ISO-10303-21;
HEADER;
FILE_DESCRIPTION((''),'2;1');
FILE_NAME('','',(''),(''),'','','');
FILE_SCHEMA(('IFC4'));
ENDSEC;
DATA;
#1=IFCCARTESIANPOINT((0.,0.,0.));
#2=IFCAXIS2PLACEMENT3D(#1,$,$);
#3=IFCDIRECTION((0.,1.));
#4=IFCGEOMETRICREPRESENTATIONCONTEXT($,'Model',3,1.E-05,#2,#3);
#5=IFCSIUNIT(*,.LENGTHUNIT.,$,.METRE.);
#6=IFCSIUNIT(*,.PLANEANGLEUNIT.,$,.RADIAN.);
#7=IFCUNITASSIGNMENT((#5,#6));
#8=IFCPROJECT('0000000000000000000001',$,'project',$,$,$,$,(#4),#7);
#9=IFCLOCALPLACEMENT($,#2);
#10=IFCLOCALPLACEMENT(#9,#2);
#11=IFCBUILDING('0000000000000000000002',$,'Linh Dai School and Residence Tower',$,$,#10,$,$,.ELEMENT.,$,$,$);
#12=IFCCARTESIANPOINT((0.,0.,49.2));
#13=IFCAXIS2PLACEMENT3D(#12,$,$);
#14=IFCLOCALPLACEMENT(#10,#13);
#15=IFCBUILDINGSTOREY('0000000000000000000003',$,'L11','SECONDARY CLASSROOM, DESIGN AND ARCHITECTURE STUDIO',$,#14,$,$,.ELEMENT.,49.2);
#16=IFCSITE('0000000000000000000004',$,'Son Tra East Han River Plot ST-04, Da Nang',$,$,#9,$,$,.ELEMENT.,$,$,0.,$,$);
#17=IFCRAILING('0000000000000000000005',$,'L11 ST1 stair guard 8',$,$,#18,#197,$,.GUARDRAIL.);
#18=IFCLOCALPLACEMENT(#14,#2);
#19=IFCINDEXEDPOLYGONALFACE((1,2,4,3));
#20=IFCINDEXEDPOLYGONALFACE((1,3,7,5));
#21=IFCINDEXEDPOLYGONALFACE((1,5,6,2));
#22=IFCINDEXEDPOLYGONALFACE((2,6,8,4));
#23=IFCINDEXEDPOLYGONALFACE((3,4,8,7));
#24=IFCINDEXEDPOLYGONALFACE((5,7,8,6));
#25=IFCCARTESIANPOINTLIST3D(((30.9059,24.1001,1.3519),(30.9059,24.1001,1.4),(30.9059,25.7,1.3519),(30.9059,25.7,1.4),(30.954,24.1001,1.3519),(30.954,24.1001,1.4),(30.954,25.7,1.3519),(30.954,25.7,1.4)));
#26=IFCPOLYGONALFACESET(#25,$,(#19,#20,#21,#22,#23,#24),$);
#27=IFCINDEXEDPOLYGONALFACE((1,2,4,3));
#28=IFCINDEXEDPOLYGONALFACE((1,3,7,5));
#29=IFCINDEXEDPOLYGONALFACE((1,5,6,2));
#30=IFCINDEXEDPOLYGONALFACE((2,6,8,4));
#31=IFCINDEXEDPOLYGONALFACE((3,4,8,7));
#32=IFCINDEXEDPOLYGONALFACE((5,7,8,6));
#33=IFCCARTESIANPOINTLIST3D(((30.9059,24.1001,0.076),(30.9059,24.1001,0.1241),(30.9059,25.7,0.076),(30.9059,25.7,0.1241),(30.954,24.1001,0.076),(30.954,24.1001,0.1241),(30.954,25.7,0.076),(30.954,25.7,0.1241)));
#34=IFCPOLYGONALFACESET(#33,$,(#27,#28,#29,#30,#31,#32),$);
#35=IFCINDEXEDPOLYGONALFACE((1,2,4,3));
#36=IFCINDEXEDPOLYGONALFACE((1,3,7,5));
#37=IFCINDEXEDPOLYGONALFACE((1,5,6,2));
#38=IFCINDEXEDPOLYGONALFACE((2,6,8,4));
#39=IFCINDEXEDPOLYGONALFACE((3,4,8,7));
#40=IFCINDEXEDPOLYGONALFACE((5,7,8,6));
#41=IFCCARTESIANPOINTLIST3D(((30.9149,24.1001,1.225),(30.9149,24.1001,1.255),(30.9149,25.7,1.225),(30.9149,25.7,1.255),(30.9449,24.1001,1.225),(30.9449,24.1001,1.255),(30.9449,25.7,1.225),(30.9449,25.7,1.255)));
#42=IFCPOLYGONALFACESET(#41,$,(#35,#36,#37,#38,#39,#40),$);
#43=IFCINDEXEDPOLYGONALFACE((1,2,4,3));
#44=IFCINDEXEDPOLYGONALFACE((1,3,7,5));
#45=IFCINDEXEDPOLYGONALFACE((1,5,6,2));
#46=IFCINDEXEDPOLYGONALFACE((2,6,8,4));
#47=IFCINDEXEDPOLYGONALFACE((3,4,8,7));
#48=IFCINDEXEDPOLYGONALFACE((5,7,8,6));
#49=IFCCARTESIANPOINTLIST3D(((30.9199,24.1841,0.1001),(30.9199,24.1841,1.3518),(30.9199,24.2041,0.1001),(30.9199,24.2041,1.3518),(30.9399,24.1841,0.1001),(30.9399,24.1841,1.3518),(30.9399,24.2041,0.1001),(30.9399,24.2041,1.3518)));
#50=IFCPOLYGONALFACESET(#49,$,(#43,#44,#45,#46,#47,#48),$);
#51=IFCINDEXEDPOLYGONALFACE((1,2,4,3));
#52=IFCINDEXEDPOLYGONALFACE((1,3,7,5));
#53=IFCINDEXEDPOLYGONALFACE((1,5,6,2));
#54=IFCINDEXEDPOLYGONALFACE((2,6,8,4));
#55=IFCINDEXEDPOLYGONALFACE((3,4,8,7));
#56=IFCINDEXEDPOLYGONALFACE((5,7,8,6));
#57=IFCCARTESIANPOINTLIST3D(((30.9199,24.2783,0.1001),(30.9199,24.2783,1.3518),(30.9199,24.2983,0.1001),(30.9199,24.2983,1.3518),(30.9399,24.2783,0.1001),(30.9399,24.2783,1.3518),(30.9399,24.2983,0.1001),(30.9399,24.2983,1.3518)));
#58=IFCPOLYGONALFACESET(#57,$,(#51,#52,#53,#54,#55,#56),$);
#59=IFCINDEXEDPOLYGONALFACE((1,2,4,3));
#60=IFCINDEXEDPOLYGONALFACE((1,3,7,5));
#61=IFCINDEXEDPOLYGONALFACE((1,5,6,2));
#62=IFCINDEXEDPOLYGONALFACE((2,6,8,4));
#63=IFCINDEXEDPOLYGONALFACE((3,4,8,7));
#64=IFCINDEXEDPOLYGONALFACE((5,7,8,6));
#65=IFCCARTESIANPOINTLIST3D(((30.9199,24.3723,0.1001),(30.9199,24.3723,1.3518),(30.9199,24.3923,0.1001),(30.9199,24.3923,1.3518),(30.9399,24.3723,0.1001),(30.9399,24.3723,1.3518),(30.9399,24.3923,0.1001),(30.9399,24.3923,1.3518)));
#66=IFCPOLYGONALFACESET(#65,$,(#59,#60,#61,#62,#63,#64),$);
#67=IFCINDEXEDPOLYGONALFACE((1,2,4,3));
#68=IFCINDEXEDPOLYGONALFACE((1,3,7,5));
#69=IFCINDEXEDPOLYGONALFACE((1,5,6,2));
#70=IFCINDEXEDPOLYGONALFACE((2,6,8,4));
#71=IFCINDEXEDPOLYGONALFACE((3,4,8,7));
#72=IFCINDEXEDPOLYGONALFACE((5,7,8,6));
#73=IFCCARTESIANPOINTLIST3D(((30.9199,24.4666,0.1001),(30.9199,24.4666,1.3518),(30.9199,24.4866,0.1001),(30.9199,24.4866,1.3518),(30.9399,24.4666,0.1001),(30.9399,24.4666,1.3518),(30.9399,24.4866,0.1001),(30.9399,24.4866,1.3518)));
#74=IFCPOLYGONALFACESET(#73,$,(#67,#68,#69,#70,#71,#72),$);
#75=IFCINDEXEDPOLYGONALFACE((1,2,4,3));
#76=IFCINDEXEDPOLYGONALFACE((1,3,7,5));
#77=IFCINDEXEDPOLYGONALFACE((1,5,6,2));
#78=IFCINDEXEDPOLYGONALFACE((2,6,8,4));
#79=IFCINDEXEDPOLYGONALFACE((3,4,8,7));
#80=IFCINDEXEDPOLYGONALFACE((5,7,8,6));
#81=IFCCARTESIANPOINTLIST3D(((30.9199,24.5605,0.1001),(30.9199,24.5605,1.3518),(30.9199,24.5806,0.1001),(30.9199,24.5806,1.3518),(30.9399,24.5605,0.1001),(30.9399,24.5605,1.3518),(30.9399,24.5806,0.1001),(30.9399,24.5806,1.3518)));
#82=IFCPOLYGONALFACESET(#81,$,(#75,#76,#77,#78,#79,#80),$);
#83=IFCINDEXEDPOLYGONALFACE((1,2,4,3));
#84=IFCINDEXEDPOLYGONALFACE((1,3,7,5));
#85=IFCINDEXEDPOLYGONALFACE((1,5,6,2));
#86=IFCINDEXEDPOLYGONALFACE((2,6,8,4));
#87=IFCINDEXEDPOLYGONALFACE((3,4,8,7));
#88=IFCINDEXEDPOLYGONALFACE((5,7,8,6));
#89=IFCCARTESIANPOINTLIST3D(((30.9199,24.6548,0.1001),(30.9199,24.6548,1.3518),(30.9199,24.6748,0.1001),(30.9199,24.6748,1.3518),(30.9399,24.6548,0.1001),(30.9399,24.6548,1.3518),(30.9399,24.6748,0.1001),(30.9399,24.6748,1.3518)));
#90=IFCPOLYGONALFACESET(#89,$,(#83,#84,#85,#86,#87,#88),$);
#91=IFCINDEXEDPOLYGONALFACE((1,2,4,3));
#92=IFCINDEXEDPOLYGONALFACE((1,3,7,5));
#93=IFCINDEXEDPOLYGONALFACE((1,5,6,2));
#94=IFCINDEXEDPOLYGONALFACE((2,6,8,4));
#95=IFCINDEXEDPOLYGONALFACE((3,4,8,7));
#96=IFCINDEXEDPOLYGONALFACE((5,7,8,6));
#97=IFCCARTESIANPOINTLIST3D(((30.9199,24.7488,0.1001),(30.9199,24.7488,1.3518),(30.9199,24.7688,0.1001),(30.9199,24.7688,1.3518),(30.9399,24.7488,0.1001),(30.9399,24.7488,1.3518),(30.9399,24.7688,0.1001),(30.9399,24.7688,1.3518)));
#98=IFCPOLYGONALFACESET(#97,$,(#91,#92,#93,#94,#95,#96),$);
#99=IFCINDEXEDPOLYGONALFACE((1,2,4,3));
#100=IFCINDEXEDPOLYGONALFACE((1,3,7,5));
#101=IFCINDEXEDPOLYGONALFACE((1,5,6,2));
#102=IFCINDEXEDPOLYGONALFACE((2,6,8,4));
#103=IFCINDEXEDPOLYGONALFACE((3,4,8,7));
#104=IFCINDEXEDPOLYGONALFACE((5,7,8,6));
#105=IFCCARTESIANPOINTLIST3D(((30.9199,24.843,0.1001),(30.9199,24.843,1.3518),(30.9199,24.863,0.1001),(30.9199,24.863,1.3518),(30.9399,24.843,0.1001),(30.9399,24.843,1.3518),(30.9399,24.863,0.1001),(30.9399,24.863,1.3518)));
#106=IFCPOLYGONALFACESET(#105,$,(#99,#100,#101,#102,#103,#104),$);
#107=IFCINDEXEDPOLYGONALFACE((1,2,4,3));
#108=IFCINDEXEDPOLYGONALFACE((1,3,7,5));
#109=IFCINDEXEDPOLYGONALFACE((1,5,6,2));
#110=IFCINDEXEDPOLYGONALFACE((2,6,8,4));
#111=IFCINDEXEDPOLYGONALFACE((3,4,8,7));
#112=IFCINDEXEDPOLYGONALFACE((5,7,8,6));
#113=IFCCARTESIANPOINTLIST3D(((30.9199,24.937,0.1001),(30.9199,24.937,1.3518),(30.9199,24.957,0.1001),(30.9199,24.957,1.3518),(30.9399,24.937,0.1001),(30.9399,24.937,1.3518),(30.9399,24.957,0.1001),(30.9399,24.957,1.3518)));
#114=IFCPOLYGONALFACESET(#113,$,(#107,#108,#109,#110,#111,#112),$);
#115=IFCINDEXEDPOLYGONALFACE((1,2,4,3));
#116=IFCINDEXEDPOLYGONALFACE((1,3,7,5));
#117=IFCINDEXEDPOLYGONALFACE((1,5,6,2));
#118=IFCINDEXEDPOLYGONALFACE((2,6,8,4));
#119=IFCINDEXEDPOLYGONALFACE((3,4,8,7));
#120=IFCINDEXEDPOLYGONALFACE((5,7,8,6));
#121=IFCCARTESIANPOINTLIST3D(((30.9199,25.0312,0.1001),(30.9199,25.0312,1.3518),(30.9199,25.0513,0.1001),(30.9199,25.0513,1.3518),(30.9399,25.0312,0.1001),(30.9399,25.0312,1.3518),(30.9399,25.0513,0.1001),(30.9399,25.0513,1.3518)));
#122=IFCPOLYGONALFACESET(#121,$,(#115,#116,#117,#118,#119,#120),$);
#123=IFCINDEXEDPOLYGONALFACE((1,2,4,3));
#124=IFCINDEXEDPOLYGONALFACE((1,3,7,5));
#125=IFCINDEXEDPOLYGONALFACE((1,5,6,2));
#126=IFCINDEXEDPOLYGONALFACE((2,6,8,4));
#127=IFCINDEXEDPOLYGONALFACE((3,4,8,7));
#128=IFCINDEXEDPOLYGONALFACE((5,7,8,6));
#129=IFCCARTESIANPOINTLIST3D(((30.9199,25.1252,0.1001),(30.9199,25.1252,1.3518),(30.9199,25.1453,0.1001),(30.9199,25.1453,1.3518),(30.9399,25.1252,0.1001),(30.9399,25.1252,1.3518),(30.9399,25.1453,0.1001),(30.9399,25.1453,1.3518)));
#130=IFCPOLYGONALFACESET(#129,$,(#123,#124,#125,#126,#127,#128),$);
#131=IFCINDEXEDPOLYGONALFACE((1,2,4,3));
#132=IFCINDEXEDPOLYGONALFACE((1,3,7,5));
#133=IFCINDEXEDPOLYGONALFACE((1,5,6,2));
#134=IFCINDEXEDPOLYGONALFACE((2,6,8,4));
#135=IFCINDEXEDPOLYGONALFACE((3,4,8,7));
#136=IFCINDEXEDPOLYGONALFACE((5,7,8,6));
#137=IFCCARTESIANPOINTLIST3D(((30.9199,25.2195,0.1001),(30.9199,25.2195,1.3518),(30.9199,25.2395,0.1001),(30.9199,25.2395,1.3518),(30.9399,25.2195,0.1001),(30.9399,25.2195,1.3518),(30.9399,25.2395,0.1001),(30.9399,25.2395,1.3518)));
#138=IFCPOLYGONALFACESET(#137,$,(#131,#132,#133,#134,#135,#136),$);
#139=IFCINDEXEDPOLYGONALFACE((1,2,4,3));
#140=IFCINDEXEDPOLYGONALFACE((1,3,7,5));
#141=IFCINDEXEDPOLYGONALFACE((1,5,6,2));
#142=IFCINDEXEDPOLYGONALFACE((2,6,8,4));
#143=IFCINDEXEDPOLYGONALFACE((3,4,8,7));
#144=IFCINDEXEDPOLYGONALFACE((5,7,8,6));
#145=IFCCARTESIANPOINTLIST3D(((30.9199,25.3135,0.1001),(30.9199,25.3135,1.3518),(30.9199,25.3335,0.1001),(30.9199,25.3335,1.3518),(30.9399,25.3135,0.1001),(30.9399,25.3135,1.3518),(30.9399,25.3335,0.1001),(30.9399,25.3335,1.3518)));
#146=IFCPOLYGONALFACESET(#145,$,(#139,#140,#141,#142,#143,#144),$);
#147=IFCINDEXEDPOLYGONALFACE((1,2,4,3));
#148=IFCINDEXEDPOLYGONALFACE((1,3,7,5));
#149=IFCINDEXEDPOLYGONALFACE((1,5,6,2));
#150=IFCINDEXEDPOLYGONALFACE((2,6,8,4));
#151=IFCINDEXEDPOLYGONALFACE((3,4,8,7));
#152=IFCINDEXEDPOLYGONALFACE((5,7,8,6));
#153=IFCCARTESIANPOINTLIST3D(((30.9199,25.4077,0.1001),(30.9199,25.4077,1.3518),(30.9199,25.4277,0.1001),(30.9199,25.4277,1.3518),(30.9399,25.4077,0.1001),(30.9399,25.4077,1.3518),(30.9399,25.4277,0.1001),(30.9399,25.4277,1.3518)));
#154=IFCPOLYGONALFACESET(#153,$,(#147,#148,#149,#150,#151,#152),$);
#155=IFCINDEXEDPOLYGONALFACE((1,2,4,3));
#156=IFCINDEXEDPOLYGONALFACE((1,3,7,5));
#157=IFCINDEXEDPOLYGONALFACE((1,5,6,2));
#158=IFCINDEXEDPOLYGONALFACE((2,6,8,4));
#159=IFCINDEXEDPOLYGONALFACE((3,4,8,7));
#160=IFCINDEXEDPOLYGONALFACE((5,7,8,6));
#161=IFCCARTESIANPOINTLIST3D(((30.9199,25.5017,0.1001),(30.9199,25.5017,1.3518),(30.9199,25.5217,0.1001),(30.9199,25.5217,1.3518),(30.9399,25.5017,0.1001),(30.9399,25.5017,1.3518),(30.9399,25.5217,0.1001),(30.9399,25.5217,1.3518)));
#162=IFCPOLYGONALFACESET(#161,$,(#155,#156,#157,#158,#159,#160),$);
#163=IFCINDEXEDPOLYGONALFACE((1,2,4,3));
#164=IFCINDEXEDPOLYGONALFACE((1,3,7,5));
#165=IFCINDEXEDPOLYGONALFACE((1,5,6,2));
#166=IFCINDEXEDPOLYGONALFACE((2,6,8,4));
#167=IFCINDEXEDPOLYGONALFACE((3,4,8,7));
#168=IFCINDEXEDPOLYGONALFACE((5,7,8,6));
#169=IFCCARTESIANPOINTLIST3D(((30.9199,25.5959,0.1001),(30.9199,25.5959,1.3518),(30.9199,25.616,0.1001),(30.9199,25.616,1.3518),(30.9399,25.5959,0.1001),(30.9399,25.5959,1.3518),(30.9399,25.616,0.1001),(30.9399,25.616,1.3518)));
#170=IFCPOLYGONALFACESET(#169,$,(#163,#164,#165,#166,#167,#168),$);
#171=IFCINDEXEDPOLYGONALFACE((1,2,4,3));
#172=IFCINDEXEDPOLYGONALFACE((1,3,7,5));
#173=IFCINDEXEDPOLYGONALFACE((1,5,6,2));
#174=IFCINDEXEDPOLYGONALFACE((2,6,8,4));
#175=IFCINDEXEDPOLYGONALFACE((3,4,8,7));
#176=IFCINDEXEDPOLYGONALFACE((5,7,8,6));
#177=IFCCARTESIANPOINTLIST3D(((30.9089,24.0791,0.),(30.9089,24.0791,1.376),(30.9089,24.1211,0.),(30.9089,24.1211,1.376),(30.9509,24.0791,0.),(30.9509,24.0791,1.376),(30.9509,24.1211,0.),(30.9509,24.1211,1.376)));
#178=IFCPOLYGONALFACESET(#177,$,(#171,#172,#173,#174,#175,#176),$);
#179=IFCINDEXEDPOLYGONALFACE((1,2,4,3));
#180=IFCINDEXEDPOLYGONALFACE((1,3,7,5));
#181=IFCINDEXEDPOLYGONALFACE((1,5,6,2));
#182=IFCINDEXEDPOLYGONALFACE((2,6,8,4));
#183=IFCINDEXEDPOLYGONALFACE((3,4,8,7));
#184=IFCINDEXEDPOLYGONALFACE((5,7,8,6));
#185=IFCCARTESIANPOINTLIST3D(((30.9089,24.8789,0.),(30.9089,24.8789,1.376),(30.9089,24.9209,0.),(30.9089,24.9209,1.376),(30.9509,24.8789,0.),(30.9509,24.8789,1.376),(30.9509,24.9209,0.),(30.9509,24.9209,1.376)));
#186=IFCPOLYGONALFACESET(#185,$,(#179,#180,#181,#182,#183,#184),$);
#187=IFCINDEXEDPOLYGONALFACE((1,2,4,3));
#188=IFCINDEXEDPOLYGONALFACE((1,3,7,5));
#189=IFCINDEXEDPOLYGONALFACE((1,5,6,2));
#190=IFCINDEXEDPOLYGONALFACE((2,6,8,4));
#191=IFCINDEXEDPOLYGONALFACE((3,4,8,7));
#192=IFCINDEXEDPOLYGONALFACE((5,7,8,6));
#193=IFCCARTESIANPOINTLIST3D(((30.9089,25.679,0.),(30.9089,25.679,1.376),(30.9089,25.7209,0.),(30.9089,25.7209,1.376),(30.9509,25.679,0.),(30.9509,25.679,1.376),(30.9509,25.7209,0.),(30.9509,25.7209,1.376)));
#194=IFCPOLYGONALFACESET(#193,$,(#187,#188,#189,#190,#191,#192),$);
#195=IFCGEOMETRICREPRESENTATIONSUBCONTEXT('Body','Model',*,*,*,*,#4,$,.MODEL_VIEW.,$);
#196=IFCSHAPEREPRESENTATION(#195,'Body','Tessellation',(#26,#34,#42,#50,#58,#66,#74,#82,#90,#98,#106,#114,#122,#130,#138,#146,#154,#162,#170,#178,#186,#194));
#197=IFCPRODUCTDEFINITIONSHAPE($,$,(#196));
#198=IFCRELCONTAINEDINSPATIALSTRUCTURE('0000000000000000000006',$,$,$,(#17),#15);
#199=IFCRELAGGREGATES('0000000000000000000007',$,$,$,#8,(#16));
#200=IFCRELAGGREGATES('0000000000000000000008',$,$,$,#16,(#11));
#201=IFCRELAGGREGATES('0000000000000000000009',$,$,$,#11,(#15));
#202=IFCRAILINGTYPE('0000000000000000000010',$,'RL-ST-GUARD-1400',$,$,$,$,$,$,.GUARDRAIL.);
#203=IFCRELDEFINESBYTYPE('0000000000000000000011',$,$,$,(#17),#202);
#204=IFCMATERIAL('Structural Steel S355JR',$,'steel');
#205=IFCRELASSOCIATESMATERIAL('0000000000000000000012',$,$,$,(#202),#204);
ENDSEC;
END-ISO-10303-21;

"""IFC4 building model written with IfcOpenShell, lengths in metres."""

from ifc_helpers import new_model, si_unit, direction, frame, origin, origin_2d, place, context, subcontext, project, spatial, rectangle, extrude, source, transform, mapped, material, type_object, element, save


model = new_model("IFC4")

# Units and contexts
model_context = context("Model", 3, precision=1e-05, world=origin(), true_north=direction((0.0, 1.0)))
body_context = subcontext(model_context, "Body", "Model", "MODEL_VIEW")
ifc_project = project(units=[si_unit("LENGTHUNIT", "METRE"), si_unit("PLANEANGLEUNIT", "RADIAN")], contexts=[model_context])

# Site, building, storey
site_placement = place(None, origin())
site = spatial("IfcSite", under=ifc_project, at=site_placement, Name="Son Tra East Han River Plot ST-04, Da Nang", CompositionType="ELEMENT", RefElevation=0.0)
building_placement = place(site_placement, origin())
building = spatial("IfcBuilding", under=site, at=building_placement, Name="Linh Dai School and Residence Tower", CompositionType="ELEMENT")
storey_placement = place(building_placement, frame((0.0, 0.0, 49.2)))
storey = spatial("IfcBuildingStorey", under=building, at=storey_placement, Name="L11", Description="SECONDARY CLASSROOM, DESIGN AND ARCHITECTURE STUDIO", CompositionType="ELEMENT", Elevation=49.2)

# Shared definitions
ifc_material_1 = material(Name="Structural Steel S355JR", Category="steel")

# Railing
railing_type_1 = type_object("IfcRailingType", Name="RL-ST-GUARD-1400", PredefinedType="GUARDRAIL", material=ifc_material_1)
shared_shape_1 = source(origin(), body_context, "Body", "SweptSolid", [
    extrude(rectangle(XDim=0.0481, YDim=0.0481, at=origin_2d()), frame((0.0, 0.0, 1.376), z_axis=(0.0, 1.0, 0.0), x_axis=(-1.0, 0.0, 0.0)), (0.0, 0.0, 1.0), 1.5999),
    extrude(rectangle(XDim=0.0481, YDim=0.0481, at=origin_2d()), frame((0.0, 0.0, 0.1001), z_axis=(0.0, 1.0, 0.0), x_axis=(-1.0, 0.0, 0.0)), (0.0, 0.0, 1.0), 1.5999),
    extrude(rectangle(XDim=0.03, YDim=0.03, at=origin_2d()), frame((0.0, 0.0, 1.24), z_axis=(0.0, 1.0, 0.0), x_axis=(-1.0, 0.0, 0.0)), (0.0, 0.0, 1.0), 1.5999),
    extrude(rectangle(XDim=0.02, YDim=0.02, at=origin_2d()), frame((0.0, 0.094, 0.1001)), (0.0, 0.0, 1.0), 1.2517),
    extrude(rectangle(XDim=0.02, YDim=0.02, at=origin_2d()), frame((0.0, 0.1882, 0.1001)), (0.0, 0.0, 1.0), 1.2517),
    extrude(rectangle(XDim=0.02, YDim=0.02, at=origin_2d()), frame((0.0, 0.2822, 0.1001)), (0.0, 0.0, 1.0), 1.2517),
    extrude(rectangle(XDim=0.02, YDim=0.02, at=origin_2d()), frame((0.0, 0.3765, 0.1001)), (0.0, 0.0, 1.0), 1.2517),
    extrude(rectangle(XDim=0.02, YDim=0.02, at=origin_2d()), frame((0.0, 0.4705, 0.1001)), (0.0, 0.0, 1.0), 1.2517),
    extrude(rectangle(XDim=0.02, YDim=0.02, at=origin_2d()), frame((0.0, 0.5647, 0.1001)), (0.0, 0.0, 1.0), 1.2517),
    extrude(rectangle(XDim=0.02, YDim=0.02, at=origin_2d()), frame((0.0, 0.6587, 0.1001)), (0.0, 0.0, 1.0), 1.2517),
    extrude(rectangle(XDim=0.02, YDim=0.02, at=origin_2d()), frame((0.0, 0.7529, 0.1001)), (0.0, 0.0, 1.0), 1.2517),
    extrude(rectangle(XDim=0.02, YDim=0.02, at=origin_2d()), frame((0.0, 0.8469, 0.1001)), (0.0, 0.0, 1.0), 1.2517),
    extrude(rectangle(XDim=0.02, YDim=0.02, at=origin_2d()), frame((0.0, 0.9412, 0.1001)), (0.0, 0.0, 1.0), 1.2517),
    extrude(rectangle(XDim=0.02, YDim=0.02, at=origin_2d()), frame((0.0, 1.0352, 0.1001)), (0.0, 0.0, 1.0), 1.2517),
    extrude(rectangle(XDim=0.02, YDim=0.02, at=origin_2d()), frame((0.0, 1.1294, 0.1001)), (0.0, 0.0, 1.0), 1.2517),
    extrude(rectangle(XDim=0.02, YDim=0.02, at=origin_2d()), frame((0.0, 1.2234, 0.1001)), (0.0, 0.0, 1.0), 1.2517),
    extrude(rectangle(XDim=0.02, YDim=0.02, at=origin_2d()), frame((0.0, 1.3176, 0.1001)), (0.0, 0.0, 1.0), 1.2517),
    extrude(rectangle(XDim=0.02, YDim=0.02, at=origin_2d()), frame((0.0, 1.4116, 0.1001)), (0.0, 0.0, 1.0), 1.2517),
    extrude(rectangle(XDim=0.02, YDim=0.02, at=origin_2d()), frame((0.0, 1.5059, 0.1001)), (0.0, 0.0, 1.0), 1.2517),
    extrude(rectangle(XDim=0.042, YDim=0.042, at=origin_2d()), origin(), (0.0, 0.0, 1.0), 1.376),
    extrude(rectangle(XDim=0.042, YDim=0.042, at=origin_2d()), frame((0.0, 0.7998, 0.0)), (0.0, 0.0, 1.0), 1.376),
    extrude(rectangle(XDim=0.042, YDim=0.042, at=origin_2d()), frame((0.0, 1.5999, 0.0)), (0.0, 0.0, 1.0), 1.376),
])
for number, where, name in (
    (1, (30.9299, 24.1001, 0.0), "L11 ST1 stair guard 8"),
):
    element("IfcRailing", number, at=place(storey_placement, frame(where)), inside=storey, type_object=railing_type_1, Name=name, PredefinedType="GUARDRAIL", context=body_context, shape_type="MappedRepresentation", body=[
        mapped(shared_shape_1, transform((0.0, 0.0, 0.0), x_axis=(1.0, 0.0, 0.0), y_axis=(0.0, 1.0, 0.0), z_axis=(0.0, 0.0, 1.0), scale=1.0)),
    ])

save(model, "model.ifc")
